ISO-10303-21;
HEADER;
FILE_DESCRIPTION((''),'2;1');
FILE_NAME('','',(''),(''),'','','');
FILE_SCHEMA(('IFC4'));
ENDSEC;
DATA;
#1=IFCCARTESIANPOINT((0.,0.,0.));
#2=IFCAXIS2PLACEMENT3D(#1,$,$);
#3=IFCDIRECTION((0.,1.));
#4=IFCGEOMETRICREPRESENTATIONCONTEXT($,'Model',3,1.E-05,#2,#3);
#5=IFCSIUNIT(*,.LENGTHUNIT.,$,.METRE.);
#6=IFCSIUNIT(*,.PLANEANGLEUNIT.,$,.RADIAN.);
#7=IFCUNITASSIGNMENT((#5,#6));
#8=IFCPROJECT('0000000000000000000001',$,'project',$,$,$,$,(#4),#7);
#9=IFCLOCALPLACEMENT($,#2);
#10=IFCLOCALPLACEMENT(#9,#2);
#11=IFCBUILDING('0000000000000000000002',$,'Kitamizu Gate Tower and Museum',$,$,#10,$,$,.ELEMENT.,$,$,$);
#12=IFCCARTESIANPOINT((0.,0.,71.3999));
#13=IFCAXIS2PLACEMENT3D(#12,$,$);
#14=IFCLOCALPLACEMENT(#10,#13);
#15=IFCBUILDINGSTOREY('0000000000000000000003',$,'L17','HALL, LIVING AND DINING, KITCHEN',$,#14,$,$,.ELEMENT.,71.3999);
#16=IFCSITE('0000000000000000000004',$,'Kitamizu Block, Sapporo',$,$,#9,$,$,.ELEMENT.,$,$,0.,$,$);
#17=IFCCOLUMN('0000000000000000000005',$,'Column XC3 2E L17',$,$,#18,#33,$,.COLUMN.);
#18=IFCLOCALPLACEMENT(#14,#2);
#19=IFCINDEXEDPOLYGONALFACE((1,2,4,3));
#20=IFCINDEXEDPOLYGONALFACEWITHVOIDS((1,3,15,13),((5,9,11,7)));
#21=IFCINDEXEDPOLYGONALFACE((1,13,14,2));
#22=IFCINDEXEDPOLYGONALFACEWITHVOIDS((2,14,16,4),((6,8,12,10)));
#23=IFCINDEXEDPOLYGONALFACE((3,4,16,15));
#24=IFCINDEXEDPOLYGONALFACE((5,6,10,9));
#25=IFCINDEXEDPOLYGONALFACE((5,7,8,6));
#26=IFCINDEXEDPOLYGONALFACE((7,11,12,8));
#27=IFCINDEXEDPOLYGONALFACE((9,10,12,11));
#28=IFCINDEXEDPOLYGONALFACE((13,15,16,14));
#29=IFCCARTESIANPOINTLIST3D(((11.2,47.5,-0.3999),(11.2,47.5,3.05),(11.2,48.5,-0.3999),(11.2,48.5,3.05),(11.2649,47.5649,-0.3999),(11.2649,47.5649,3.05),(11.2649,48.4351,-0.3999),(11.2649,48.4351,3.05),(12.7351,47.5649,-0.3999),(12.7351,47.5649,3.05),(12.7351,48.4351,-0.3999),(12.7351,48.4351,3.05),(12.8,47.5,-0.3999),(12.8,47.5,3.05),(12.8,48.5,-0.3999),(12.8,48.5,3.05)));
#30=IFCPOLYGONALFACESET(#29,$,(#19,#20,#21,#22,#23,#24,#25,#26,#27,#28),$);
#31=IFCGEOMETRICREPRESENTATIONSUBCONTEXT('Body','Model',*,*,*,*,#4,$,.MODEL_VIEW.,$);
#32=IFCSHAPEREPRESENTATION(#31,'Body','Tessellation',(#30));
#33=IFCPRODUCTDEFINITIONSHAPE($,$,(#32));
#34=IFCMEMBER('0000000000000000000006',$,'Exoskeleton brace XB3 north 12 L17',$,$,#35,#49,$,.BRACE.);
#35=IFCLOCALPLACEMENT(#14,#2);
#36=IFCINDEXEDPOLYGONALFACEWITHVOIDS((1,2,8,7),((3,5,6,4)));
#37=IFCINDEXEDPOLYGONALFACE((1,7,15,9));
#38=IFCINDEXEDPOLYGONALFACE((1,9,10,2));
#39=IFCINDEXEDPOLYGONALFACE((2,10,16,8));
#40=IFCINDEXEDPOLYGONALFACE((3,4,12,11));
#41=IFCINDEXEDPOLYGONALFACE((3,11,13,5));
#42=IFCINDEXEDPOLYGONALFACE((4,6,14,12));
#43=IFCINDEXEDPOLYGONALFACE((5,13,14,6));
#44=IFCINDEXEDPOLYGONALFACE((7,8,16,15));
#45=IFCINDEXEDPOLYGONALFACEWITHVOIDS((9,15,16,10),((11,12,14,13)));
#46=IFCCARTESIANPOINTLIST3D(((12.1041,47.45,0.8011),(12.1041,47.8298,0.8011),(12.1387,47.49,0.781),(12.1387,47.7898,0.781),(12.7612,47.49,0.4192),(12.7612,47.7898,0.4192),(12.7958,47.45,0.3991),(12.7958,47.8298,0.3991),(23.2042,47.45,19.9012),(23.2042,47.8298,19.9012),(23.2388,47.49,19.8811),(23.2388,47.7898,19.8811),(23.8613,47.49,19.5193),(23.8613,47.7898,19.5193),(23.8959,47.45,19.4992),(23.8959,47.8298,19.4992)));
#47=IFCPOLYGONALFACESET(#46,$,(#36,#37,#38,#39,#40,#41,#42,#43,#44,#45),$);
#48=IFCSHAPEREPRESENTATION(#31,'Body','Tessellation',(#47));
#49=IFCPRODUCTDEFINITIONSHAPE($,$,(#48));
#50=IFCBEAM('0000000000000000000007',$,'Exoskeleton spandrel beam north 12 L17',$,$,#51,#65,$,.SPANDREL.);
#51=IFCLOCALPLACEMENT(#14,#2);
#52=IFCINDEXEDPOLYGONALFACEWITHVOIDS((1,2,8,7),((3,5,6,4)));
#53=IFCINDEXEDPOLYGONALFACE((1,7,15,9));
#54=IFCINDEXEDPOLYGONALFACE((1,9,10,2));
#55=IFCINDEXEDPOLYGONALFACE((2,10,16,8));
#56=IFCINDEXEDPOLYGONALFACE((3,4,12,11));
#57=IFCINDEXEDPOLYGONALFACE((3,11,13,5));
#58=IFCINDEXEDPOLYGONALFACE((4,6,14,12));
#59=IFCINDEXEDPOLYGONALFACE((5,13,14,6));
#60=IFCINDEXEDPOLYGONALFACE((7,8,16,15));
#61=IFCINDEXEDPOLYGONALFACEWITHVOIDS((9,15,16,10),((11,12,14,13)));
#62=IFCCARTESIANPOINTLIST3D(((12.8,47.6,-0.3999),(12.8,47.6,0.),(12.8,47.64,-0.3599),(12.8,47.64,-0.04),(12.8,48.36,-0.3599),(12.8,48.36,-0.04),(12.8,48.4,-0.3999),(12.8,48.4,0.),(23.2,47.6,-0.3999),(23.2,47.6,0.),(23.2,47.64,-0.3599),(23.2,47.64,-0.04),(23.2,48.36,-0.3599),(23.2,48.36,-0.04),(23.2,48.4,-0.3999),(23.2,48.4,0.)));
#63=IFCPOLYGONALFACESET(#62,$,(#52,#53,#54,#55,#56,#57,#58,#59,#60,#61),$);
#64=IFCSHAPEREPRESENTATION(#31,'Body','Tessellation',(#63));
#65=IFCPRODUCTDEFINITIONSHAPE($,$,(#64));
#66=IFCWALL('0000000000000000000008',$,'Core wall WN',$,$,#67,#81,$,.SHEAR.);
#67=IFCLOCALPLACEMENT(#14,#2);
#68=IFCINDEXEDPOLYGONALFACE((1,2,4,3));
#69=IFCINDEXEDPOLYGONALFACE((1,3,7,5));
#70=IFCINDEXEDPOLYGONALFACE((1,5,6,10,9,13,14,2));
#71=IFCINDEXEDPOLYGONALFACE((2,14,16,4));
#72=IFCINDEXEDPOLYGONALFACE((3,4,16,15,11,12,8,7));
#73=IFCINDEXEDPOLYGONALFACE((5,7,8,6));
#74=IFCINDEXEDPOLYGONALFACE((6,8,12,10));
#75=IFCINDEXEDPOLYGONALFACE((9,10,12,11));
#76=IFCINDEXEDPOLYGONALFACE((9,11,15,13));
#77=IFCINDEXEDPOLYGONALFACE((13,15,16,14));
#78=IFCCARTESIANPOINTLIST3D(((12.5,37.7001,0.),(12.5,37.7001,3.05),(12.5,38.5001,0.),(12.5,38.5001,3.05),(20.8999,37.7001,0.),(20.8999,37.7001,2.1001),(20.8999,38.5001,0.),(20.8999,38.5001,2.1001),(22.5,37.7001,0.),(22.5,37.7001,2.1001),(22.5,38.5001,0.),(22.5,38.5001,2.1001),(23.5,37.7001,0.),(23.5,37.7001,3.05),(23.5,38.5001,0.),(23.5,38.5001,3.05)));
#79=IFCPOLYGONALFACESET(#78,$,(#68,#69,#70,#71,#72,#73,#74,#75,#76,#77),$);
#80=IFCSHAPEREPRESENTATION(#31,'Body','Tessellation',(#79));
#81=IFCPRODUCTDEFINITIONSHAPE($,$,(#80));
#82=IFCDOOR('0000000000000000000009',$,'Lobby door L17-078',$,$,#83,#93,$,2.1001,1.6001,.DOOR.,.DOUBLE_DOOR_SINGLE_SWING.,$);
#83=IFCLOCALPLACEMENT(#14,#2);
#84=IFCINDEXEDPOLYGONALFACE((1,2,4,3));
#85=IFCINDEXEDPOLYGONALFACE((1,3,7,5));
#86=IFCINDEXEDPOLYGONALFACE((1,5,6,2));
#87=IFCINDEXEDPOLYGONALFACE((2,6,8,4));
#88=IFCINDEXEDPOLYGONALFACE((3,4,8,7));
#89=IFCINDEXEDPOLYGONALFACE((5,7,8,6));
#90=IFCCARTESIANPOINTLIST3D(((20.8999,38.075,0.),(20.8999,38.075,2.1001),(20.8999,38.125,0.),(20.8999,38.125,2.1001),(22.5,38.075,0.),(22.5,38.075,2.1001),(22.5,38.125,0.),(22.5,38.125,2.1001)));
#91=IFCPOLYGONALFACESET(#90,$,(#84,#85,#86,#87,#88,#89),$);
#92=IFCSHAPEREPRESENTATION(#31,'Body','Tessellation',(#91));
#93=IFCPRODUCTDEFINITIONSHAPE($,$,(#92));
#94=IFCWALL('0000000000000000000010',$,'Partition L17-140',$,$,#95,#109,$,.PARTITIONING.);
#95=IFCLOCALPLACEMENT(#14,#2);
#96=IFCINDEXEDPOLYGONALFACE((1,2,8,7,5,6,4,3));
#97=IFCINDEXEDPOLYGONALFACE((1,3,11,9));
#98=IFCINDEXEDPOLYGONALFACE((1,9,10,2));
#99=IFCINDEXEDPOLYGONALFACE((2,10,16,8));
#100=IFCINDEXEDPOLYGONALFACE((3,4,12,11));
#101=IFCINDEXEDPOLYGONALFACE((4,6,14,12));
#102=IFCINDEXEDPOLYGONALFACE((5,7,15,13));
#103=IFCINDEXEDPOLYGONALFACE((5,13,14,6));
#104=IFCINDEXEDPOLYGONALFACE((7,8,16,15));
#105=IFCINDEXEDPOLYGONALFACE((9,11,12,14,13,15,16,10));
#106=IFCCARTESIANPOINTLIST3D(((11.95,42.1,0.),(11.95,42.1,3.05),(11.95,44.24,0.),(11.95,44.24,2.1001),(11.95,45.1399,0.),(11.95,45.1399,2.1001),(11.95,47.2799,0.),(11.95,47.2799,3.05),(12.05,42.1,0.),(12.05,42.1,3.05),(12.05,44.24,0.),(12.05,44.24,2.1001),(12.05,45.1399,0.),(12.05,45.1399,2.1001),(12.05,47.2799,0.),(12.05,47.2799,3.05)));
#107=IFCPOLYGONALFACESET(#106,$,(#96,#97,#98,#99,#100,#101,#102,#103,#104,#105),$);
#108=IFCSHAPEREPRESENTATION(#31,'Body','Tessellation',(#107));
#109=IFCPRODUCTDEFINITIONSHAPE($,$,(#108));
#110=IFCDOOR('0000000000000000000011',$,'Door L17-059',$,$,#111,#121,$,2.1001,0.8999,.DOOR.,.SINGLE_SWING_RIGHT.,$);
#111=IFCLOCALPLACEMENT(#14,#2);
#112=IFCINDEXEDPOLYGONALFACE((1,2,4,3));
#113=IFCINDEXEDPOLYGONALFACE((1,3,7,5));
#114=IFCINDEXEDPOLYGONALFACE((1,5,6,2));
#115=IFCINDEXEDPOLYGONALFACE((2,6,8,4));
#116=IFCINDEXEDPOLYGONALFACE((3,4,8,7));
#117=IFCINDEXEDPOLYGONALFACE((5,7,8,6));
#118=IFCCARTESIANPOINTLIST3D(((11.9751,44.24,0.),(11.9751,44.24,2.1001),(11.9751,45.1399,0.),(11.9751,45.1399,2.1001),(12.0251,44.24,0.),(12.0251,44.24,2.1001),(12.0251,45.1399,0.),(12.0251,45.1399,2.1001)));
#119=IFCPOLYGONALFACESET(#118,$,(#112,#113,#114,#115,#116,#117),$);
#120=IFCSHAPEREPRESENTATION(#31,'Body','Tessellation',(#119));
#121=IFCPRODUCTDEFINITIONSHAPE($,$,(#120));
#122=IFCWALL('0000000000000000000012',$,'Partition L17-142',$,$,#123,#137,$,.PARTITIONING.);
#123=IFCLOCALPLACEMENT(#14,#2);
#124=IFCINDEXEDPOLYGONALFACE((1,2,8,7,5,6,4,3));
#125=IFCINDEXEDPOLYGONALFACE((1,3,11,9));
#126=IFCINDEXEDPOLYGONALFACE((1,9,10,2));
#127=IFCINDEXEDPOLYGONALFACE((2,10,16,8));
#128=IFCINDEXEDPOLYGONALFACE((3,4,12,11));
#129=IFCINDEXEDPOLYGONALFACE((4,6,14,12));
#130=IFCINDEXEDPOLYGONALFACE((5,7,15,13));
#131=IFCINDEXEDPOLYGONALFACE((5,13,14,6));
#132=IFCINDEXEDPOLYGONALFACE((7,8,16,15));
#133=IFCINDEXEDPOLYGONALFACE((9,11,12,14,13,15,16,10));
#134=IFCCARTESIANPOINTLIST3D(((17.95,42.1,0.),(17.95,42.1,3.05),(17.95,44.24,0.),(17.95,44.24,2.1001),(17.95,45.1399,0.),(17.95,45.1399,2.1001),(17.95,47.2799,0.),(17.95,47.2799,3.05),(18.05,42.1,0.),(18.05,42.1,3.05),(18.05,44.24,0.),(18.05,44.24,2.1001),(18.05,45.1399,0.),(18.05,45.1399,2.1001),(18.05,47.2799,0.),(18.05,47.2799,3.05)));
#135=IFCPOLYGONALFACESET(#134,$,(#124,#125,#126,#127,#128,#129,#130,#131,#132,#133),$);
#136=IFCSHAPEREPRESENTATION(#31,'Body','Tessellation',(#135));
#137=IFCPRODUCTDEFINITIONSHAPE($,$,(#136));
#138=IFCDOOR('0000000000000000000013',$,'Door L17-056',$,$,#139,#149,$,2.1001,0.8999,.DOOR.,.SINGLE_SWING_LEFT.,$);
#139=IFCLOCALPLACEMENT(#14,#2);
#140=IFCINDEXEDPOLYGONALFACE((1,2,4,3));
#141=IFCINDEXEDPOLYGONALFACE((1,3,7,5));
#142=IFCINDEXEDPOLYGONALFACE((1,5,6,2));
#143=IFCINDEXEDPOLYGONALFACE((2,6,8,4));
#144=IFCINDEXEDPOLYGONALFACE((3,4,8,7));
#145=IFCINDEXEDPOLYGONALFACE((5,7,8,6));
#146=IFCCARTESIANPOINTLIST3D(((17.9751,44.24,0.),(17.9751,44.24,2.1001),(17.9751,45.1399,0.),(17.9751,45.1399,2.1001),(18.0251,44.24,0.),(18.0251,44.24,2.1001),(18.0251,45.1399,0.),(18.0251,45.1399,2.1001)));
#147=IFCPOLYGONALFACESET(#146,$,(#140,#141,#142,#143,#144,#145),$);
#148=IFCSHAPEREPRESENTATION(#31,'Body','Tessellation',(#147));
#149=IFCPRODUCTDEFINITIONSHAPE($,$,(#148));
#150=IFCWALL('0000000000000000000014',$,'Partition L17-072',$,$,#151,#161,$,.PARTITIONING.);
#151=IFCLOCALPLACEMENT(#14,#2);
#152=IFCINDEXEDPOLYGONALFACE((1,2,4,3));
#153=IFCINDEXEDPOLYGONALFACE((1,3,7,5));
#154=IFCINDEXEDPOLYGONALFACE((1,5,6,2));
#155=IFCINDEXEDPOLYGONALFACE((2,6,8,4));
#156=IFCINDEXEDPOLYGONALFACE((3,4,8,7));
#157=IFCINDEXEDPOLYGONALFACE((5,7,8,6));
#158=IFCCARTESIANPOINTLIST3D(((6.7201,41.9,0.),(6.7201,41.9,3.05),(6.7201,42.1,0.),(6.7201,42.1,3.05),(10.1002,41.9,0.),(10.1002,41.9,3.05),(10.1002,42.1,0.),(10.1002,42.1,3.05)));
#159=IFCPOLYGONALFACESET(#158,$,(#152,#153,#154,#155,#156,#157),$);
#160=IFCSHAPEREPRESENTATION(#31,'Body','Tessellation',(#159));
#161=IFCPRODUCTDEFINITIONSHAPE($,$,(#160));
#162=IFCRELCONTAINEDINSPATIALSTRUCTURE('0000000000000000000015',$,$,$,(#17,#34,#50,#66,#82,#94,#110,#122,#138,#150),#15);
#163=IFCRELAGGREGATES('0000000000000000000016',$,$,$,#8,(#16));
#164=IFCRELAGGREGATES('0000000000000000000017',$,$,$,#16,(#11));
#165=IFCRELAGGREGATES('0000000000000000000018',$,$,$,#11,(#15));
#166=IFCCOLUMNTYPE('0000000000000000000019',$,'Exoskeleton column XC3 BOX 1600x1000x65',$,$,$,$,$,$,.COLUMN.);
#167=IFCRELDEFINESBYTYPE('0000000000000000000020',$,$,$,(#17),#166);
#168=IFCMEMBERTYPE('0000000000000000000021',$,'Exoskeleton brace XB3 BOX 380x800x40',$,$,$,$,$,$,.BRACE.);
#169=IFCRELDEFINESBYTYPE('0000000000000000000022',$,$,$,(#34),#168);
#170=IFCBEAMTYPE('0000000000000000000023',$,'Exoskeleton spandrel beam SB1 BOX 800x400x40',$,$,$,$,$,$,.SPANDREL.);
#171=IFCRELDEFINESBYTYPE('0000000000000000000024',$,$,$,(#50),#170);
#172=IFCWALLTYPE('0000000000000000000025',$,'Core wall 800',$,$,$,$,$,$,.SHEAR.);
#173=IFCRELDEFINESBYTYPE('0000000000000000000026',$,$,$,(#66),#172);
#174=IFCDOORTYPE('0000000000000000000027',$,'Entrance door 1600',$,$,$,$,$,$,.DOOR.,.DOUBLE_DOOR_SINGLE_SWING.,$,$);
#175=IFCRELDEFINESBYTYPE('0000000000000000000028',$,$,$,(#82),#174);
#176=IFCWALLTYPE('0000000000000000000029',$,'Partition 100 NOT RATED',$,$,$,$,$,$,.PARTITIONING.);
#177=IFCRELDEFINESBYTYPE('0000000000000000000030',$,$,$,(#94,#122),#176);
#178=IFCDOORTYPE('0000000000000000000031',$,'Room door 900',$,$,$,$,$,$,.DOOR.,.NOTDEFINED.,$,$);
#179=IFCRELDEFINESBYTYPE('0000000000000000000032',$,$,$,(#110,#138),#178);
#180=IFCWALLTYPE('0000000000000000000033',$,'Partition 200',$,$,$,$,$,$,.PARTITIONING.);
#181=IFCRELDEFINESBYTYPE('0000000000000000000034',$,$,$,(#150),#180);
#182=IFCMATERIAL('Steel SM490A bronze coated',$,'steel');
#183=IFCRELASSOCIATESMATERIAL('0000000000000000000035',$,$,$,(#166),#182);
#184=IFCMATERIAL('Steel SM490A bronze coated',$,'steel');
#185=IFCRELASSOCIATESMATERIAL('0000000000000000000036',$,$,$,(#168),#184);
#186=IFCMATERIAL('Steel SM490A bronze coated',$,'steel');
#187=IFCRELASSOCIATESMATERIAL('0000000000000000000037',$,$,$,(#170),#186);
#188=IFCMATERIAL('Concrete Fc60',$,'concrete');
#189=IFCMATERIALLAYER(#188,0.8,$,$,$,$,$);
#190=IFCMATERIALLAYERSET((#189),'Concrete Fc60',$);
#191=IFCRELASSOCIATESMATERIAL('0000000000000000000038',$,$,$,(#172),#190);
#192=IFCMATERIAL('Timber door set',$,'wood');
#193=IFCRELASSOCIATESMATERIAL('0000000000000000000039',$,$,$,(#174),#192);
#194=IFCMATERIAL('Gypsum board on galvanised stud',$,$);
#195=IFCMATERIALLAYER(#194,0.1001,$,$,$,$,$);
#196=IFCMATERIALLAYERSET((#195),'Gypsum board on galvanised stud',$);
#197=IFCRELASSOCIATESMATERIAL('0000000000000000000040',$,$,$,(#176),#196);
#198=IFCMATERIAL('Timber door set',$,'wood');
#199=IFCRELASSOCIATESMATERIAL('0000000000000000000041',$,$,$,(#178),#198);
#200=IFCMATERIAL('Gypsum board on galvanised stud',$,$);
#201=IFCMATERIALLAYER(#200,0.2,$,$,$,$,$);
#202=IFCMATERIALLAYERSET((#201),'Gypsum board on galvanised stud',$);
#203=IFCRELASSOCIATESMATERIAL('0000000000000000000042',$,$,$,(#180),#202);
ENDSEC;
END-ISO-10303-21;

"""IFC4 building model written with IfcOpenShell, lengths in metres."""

from ifc_helpers import new_model, si_unit, direction, frame, frame_2d, origin, origin_2d, place, context, subcontext, project, spatial, rectangle, hollow_rectangle, extrude, material, layer, layer_set, material_profile, profile_set, type_object, element, fill, save


model = new_model("IFC4")

# Units and contexts
model_context = context("Model", 3, precision=1e-05, world=origin(), true_north=direction((0.0, 1.0)))
body_context = subcontext(model_context, "Body", "Model", "MODEL_VIEW")
ifc_project = project(units=[si_unit("LENGTHUNIT", "METRE"), si_unit("PLANEANGLEUNIT", "RADIAN")], contexts=[model_context])

# Site, building, storey
site_placement = place(None, origin())
site = spatial("IfcSite", under=ifc_project, at=site_placement, Name="Kitamizu Block, Sapporo", CompositionType="ELEMENT", RefElevation=0.0)
building_placement = place(site_placement, origin())
building = spatial("IfcBuilding", under=site, at=building_placement, Name="Kitamizu Gate Tower and Museum", CompositionType="ELEMENT")
storey_placement = place(building_placement, frame((0.0, 0.0, 71.3999)))
storey = spatial("IfcBuildingStorey", under=building, at=storey_placement, Name="L17", Description="HALL, LIVING AND DINING, KITCHEN", CompositionType="ELEMENT", Elevation=71.3999)

# Column
ifc_material_1 = material(Name="Steel SM490A bronze coated", Category="steel")
ifc_material_profile_1 = material_profile(ifc_material_1, hollow_rectangle(XDim=1.6001, YDim=1.0, WallThickness=0.0649, at=origin_2d()), Name="BOX 1600x1000x65")
ifc_profile_set_1 = profile_set([ifc_material_profile_1], Name="Steel SM490A bronze coated")
column_type = type_object("IfcColumnType", Name="Exoskeleton column XC3 BOX 1600x1000x65", PredefinedType="COLUMN", material=ifc_profile_set_1)
column_placement = place(storey_placement, frame((12.0, 48.0, -0.3999), z_axis=(0.0, 0.0, 1.0), x_axis=(1.0, 0.0, 0.0)))
element("IfcColumn", 1, at=column_placement, inside=storey, type_object=column_type, Name="Column XC3 2E L17", PredefinedType="COLUMN", context=body_context, shape_type="SweptSolid", body=[
    extrude(hollow_rectangle(XDim=1.6001, YDim=1.0, WallThickness=0.0649, at=origin_2d()), origin(), (0.0, 0.0, 1.0), 3.45),
])

# Member
ifc_material_2 = material(Name="Steel SM490A bronze coated", Category="steel")
ifc_material_profile_2 = material_profile(ifc_material_2, hollow_rectangle(XDim=0.3799, YDim=0.8, WallThickness=0.04, at=origin_2d()), Name="BOX 380x800x40")
ifc_profile_set_2 = profile_set([ifc_material_profile_2], Name="Steel SM490A bronze coated")
member_type = type_object("IfcMemberType", Name="Exoskeleton brace XB3 BOX 380x800x40", PredefinedType="BRACE", material=ifc_profile_set_2)
member_placement = place(storey_placement, frame((12.45, 47.6399, 0.6001), z_axis=(0.502464, 0.0, 0.864598), x_axis=(0.0, 1.0, 0.0)))
element("IfcMember", 2, at=member_placement, inside=storey, type_object=member_type, Name="Exoskeleton brace XB3 north 12 L17", PredefinedType="BRACE", context=body_context, shape_type="SweptSolid", body=[
    extrude(hollow_rectangle(XDim=0.3799, YDim=0.8, WallThickness=0.04, at=origin_2d()), origin(), (0.0, 0.0, 1.0), 22.0913),
])

# Beam
ifc_material_3 = material(Name="Steel SM490A bronze coated", Category="steel")
ifc_material_profile_3 = material_profile(ifc_material_3, hollow_rectangle(XDim=0.8, YDim=0.3999, WallThickness=0.04, at=origin_2d()), Name="BOX 800x400x40")
ifc_profile_set_3 = profile_set([ifc_material_profile_3], Name="Steel SM490A bronze coated")
beam_type = type_object("IfcBeamType", Name="Exoskeleton spandrel beam SB1 BOX 800x400x40", PredefinedType="SPANDREL", material=ifc_profile_set_3)
beam_placement = place(storey_placement, frame((12.8, 48.0, -0.2), z_axis=(1.0, 0.0, 0.0), x_axis=(0.0, 1.0, 0.0)))
element("IfcBeam", 3, at=beam_placement, inside=storey, type_object=beam_type, Name="Exoskeleton spandrel beam north 12 L17", PredefinedType="SPANDREL", context=body_context, shape_type="SweptSolid", body=[
    extrude(hollow_rectangle(XDim=0.8, YDim=0.3999, WallThickness=0.04, at=origin_2d()), origin(), (0.0, 0.0, 1.0), 10.3999),
])

# Walls, openings, doors
ifc_material_4 = material(Name="Concrete Fc60", Category="concrete")
ifc_layer_1 = layer(ifc_material_4, 0.8)
ifc_layer_set_1 = layer_set([ifc_layer_1], Name="Concrete Fc60")
wall_type_1 = type_object("IfcWallType", Name="Core wall 800", PredefinedType="SHEAR", material=ifc_layer_set_1)
wall_1_placement = place(storey_placement, frame((12.5, 38.1001, 0.0), z_axis=(0.0, 0.0, 1.0), x_axis=(1.0, 0.0, 0.0)))
wall_1 = element("IfcWall", 4, at=wall_1_placement, inside=storey, type_object=wall_type_1, Name="Core wall WN", PredefinedType="SHEAR", context=body_context, shape_type="SweptSolid", body=[
    extrude(rectangle(XDim=11.0, YDim=0.8, at=frame_2d((5.5, 0.0))), origin(), (0.0, 0.0, 1.0), 3.05),
])
opening_1_placement = place(wall_1_placement, frame((8.3999, 0.0, 0.0)))
opening_1 = element("IfcOpeningElement", 5, at=opening_1_placement, cuts=wall_1, PredefinedType="OPENING", context=body_context, shape_type="SweptSolid", body=[
    extrude(rectangle(XDim=1.6001, YDim=2.1001, at=frame_2d((0.8, 1.05))), frame((0.0, 0.4102, 0.0), z_axis=(0.0, -1.0, 0.0), x_axis=(1.0, 0.0, 0.0)), (0.0, 0.0, 1.0), 0.8201),
])
ifc_material_5 = material(Name="Timber door set", Category="wood")
door_type_1 = type_object("IfcDoorType", Name="Entrance door 1600", OperationType="DOUBLE_DOOR_SINGLE_SWING", PredefinedType="DOOR", material=ifc_material_5)
door_1_placement = place(opening_1_placement, origin())
door_1 = element("IfcDoor", 6, at=door_1_placement, inside=storey, type_object=door_type_1, Name="Lobby door L17-078", OperationType="DOUBLE_DOOR_SINGLE_SWING", OverallHeight=2.1001, OverallWidth=1.6001, PredefinedType="DOOR", context=body_context, shape_type="SweptSolid", body=[
    extrude(rectangle(XDim=1.6001, YDim=2.1001, at=frame_2d((0.8, 1.05))), frame((0.0, 0.0249, 0.0), z_axis=(0.0, -1.0, 0.0), x_axis=(1.0, 0.0, 0.0)), (0.0, 0.0, 1.0), 0.05),
])
fill(opening_1, door_1)
ifc_material_6 = material(Name="Gypsum board on galvanised stud")
ifc_layer_2 = layer(ifc_material_6, 0.1001)
ifc_layer_set_2 = layer_set([ifc_layer_2], Name="Gypsum board on galvanised stud")
wall_type_2 = type_object("IfcWallType", Name="Partition 100 NOT RATED", PredefinedType="PARTITIONING", material=ifc_layer_set_2)
wall_2_placement = place(storey_placement, frame((12.0, 42.1001, 0.0), z_axis=(0.0, 0.0, 1.0), x_axis=(0.0, 1.0, 0.0)))
wall_2 = element("IfcWall", 7, at=wall_2_placement, inside=storey, type_object=wall_type_2, Name="Partition L17-140", PredefinedType="PARTITIONING", context=body_context, shape_type="SweptSolid", body=[
    extrude(rectangle(XDim=5.1799, YDim=0.1001, at=frame_2d((2.5898, 0.0))), origin(), (0.0, 0.0, 1.0), 3.05),
])
opening_2_placement = place(wall_2_placement, frame((2.1399, 0.0, 0.0)))
opening_2 = element("IfcOpeningElement", 8, at=opening_2_placement, cuts=wall_2, PredefinedType="OPENING", context=body_context, shape_type="SweptSolid", body=[
    extrude(rectangle(XDim=0.8999, YDim=2.1001, at=frame_2d((0.45, 1.05))), frame((0.0, 0.0601, 0.0), z_axis=(0.0, -1.0, 0.0), x_axis=(1.0, 0.0, 0.0)), (0.0, 0.0, 1.0), 0.1201),
])
ifc_material_7 = material(Name="Timber door set", Category="wood")
door_type_2 = type_object("IfcDoorType", Name="Room door 900", OperationType="NOTDEFINED", PredefinedType="DOOR", material=ifc_material_7)
door_2_placement = place(opening_2_placement, origin())
door_2 = element("IfcDoor", 9, at=door_2_placement, inside=storey, type_object=door_type_2, Name="Door L17-059", OperationType="SINGLE_SWING_RIGHT", OverallHeight=2.1001, OverallWidth=0.8999, PredefinedType="DOOR", context=body_context, shape_type="SweptSolid", body=[
    extrude(rectangle(XDim=0.8999, YDim=2.1001, at=frame_2d((0.45, 1.05))), frame((0.0, 0.0249, 0.0), z_axis=(0.0, -1.0, 0.0), x_axis=(1.0, 0.0, 0.0)), (0.0, 0.0, 1.0), 0.05),
])
fill(opening_2, door_2)
wall_3_placement = place(storey_placement, frame((18.0, 42.1001, 0.0), z_axis=(0.0, 0.0, 1.0), x_axis=(0.0, 1.0, 0.0)))
wall_3 = element("IfcWall", 10, at=wall_3_placement, inside=storey, type_object=wall_type_2, Name="Partition L17-142", PredefinedType="PARTITIONING", context=body_context, shape_type="SweptSolid", body=[
    extrude(rectangle(XDim=5.1799, YDim=0.1001, at=frame_2d((2.5898, 0.0))), origin(), (0.0, 0.0, 1.0), 3.05),
])
opening_3_placement = place(wall_3_placement, frame((2.1399, 0.0, 0.0)))
opening_3 = element("IfcOpeningElement", 11, at=opening_3_placement, cuts=wall_3, PredefinedType="OPENING", context=body_context, shape_type="SweptSolid", body=[
    extrude(rectangle(XDim=0.8999, YDim=2.1001, at=frame_2d((0.45, 1.05))), frame((0.0, 0.0601, 0.0), z_axis=(0.0, -1.0, 0.0), x_axis=(1.0, 0.0, 0.0)), (0.0, 0.0, 1.0), 0.1201),
])
door_3_placement = place(opening_3_placement, origin())
door_3 = element("IfcDoor", 12, at=door_3_placement, inside=storey, type_object=door_type_2, Name="Door L17-056", OperationType="SINGLE_SWING_LEFT", OverallHeight=2.1001, OverallWidth=0.8999, PredefinedType="DOOR", context=body_context, shape_type="SweptSolid", body=[
    extrude(rectangle(XDim=0.8999, YDim=2.1001, at=frame_2d((0.45, 1.05))), frame((0.0, 0.0249, 0.0), z_axis=(0.0, -1.0, 0.0), x_axis=(1.0, 0.0, 0.0)), (0.0, 0.0, 1.0), 0.05),
])
fill(opening_3, door_3)

# Wall
ifc_material_8 = material(Name="Gypsum board on galvanised stud")
ifc_layer_3 = layer(ifc_material_8, 0.2)
ifc_layer_set_3 = layer_set([ifc_layer_3], Name="Gypsum board on galvanised stud")
wall_type_3 = type_object("IfcWallType", Name="Partition 200", PredefinedType="PARTITIONING", material=ifc_layer_set_3)
wall_4_placement = place(storey_placement, frame((10.1001, 42.0, 0.0), z_axis=(0.0, 0.0, 1.0), x_axis=(-1.0, 0.0, 0.0)))
element("IfcWall", 13, at=wall_4_placement, inside=storey, type_object=wall_type_3, Name="Partition L17-072", PredefinedType="PARTITIONING", context=body_context, shape_type="SweptSolid", body=[
    extrude(rectangle(XDim=3.3801, YDim=0.2, at=frame_2d((1.6899, 0.0))), origin(), (0.0, 0.0, 1.0), 3.05),
])

save(model, "model.ifc")
